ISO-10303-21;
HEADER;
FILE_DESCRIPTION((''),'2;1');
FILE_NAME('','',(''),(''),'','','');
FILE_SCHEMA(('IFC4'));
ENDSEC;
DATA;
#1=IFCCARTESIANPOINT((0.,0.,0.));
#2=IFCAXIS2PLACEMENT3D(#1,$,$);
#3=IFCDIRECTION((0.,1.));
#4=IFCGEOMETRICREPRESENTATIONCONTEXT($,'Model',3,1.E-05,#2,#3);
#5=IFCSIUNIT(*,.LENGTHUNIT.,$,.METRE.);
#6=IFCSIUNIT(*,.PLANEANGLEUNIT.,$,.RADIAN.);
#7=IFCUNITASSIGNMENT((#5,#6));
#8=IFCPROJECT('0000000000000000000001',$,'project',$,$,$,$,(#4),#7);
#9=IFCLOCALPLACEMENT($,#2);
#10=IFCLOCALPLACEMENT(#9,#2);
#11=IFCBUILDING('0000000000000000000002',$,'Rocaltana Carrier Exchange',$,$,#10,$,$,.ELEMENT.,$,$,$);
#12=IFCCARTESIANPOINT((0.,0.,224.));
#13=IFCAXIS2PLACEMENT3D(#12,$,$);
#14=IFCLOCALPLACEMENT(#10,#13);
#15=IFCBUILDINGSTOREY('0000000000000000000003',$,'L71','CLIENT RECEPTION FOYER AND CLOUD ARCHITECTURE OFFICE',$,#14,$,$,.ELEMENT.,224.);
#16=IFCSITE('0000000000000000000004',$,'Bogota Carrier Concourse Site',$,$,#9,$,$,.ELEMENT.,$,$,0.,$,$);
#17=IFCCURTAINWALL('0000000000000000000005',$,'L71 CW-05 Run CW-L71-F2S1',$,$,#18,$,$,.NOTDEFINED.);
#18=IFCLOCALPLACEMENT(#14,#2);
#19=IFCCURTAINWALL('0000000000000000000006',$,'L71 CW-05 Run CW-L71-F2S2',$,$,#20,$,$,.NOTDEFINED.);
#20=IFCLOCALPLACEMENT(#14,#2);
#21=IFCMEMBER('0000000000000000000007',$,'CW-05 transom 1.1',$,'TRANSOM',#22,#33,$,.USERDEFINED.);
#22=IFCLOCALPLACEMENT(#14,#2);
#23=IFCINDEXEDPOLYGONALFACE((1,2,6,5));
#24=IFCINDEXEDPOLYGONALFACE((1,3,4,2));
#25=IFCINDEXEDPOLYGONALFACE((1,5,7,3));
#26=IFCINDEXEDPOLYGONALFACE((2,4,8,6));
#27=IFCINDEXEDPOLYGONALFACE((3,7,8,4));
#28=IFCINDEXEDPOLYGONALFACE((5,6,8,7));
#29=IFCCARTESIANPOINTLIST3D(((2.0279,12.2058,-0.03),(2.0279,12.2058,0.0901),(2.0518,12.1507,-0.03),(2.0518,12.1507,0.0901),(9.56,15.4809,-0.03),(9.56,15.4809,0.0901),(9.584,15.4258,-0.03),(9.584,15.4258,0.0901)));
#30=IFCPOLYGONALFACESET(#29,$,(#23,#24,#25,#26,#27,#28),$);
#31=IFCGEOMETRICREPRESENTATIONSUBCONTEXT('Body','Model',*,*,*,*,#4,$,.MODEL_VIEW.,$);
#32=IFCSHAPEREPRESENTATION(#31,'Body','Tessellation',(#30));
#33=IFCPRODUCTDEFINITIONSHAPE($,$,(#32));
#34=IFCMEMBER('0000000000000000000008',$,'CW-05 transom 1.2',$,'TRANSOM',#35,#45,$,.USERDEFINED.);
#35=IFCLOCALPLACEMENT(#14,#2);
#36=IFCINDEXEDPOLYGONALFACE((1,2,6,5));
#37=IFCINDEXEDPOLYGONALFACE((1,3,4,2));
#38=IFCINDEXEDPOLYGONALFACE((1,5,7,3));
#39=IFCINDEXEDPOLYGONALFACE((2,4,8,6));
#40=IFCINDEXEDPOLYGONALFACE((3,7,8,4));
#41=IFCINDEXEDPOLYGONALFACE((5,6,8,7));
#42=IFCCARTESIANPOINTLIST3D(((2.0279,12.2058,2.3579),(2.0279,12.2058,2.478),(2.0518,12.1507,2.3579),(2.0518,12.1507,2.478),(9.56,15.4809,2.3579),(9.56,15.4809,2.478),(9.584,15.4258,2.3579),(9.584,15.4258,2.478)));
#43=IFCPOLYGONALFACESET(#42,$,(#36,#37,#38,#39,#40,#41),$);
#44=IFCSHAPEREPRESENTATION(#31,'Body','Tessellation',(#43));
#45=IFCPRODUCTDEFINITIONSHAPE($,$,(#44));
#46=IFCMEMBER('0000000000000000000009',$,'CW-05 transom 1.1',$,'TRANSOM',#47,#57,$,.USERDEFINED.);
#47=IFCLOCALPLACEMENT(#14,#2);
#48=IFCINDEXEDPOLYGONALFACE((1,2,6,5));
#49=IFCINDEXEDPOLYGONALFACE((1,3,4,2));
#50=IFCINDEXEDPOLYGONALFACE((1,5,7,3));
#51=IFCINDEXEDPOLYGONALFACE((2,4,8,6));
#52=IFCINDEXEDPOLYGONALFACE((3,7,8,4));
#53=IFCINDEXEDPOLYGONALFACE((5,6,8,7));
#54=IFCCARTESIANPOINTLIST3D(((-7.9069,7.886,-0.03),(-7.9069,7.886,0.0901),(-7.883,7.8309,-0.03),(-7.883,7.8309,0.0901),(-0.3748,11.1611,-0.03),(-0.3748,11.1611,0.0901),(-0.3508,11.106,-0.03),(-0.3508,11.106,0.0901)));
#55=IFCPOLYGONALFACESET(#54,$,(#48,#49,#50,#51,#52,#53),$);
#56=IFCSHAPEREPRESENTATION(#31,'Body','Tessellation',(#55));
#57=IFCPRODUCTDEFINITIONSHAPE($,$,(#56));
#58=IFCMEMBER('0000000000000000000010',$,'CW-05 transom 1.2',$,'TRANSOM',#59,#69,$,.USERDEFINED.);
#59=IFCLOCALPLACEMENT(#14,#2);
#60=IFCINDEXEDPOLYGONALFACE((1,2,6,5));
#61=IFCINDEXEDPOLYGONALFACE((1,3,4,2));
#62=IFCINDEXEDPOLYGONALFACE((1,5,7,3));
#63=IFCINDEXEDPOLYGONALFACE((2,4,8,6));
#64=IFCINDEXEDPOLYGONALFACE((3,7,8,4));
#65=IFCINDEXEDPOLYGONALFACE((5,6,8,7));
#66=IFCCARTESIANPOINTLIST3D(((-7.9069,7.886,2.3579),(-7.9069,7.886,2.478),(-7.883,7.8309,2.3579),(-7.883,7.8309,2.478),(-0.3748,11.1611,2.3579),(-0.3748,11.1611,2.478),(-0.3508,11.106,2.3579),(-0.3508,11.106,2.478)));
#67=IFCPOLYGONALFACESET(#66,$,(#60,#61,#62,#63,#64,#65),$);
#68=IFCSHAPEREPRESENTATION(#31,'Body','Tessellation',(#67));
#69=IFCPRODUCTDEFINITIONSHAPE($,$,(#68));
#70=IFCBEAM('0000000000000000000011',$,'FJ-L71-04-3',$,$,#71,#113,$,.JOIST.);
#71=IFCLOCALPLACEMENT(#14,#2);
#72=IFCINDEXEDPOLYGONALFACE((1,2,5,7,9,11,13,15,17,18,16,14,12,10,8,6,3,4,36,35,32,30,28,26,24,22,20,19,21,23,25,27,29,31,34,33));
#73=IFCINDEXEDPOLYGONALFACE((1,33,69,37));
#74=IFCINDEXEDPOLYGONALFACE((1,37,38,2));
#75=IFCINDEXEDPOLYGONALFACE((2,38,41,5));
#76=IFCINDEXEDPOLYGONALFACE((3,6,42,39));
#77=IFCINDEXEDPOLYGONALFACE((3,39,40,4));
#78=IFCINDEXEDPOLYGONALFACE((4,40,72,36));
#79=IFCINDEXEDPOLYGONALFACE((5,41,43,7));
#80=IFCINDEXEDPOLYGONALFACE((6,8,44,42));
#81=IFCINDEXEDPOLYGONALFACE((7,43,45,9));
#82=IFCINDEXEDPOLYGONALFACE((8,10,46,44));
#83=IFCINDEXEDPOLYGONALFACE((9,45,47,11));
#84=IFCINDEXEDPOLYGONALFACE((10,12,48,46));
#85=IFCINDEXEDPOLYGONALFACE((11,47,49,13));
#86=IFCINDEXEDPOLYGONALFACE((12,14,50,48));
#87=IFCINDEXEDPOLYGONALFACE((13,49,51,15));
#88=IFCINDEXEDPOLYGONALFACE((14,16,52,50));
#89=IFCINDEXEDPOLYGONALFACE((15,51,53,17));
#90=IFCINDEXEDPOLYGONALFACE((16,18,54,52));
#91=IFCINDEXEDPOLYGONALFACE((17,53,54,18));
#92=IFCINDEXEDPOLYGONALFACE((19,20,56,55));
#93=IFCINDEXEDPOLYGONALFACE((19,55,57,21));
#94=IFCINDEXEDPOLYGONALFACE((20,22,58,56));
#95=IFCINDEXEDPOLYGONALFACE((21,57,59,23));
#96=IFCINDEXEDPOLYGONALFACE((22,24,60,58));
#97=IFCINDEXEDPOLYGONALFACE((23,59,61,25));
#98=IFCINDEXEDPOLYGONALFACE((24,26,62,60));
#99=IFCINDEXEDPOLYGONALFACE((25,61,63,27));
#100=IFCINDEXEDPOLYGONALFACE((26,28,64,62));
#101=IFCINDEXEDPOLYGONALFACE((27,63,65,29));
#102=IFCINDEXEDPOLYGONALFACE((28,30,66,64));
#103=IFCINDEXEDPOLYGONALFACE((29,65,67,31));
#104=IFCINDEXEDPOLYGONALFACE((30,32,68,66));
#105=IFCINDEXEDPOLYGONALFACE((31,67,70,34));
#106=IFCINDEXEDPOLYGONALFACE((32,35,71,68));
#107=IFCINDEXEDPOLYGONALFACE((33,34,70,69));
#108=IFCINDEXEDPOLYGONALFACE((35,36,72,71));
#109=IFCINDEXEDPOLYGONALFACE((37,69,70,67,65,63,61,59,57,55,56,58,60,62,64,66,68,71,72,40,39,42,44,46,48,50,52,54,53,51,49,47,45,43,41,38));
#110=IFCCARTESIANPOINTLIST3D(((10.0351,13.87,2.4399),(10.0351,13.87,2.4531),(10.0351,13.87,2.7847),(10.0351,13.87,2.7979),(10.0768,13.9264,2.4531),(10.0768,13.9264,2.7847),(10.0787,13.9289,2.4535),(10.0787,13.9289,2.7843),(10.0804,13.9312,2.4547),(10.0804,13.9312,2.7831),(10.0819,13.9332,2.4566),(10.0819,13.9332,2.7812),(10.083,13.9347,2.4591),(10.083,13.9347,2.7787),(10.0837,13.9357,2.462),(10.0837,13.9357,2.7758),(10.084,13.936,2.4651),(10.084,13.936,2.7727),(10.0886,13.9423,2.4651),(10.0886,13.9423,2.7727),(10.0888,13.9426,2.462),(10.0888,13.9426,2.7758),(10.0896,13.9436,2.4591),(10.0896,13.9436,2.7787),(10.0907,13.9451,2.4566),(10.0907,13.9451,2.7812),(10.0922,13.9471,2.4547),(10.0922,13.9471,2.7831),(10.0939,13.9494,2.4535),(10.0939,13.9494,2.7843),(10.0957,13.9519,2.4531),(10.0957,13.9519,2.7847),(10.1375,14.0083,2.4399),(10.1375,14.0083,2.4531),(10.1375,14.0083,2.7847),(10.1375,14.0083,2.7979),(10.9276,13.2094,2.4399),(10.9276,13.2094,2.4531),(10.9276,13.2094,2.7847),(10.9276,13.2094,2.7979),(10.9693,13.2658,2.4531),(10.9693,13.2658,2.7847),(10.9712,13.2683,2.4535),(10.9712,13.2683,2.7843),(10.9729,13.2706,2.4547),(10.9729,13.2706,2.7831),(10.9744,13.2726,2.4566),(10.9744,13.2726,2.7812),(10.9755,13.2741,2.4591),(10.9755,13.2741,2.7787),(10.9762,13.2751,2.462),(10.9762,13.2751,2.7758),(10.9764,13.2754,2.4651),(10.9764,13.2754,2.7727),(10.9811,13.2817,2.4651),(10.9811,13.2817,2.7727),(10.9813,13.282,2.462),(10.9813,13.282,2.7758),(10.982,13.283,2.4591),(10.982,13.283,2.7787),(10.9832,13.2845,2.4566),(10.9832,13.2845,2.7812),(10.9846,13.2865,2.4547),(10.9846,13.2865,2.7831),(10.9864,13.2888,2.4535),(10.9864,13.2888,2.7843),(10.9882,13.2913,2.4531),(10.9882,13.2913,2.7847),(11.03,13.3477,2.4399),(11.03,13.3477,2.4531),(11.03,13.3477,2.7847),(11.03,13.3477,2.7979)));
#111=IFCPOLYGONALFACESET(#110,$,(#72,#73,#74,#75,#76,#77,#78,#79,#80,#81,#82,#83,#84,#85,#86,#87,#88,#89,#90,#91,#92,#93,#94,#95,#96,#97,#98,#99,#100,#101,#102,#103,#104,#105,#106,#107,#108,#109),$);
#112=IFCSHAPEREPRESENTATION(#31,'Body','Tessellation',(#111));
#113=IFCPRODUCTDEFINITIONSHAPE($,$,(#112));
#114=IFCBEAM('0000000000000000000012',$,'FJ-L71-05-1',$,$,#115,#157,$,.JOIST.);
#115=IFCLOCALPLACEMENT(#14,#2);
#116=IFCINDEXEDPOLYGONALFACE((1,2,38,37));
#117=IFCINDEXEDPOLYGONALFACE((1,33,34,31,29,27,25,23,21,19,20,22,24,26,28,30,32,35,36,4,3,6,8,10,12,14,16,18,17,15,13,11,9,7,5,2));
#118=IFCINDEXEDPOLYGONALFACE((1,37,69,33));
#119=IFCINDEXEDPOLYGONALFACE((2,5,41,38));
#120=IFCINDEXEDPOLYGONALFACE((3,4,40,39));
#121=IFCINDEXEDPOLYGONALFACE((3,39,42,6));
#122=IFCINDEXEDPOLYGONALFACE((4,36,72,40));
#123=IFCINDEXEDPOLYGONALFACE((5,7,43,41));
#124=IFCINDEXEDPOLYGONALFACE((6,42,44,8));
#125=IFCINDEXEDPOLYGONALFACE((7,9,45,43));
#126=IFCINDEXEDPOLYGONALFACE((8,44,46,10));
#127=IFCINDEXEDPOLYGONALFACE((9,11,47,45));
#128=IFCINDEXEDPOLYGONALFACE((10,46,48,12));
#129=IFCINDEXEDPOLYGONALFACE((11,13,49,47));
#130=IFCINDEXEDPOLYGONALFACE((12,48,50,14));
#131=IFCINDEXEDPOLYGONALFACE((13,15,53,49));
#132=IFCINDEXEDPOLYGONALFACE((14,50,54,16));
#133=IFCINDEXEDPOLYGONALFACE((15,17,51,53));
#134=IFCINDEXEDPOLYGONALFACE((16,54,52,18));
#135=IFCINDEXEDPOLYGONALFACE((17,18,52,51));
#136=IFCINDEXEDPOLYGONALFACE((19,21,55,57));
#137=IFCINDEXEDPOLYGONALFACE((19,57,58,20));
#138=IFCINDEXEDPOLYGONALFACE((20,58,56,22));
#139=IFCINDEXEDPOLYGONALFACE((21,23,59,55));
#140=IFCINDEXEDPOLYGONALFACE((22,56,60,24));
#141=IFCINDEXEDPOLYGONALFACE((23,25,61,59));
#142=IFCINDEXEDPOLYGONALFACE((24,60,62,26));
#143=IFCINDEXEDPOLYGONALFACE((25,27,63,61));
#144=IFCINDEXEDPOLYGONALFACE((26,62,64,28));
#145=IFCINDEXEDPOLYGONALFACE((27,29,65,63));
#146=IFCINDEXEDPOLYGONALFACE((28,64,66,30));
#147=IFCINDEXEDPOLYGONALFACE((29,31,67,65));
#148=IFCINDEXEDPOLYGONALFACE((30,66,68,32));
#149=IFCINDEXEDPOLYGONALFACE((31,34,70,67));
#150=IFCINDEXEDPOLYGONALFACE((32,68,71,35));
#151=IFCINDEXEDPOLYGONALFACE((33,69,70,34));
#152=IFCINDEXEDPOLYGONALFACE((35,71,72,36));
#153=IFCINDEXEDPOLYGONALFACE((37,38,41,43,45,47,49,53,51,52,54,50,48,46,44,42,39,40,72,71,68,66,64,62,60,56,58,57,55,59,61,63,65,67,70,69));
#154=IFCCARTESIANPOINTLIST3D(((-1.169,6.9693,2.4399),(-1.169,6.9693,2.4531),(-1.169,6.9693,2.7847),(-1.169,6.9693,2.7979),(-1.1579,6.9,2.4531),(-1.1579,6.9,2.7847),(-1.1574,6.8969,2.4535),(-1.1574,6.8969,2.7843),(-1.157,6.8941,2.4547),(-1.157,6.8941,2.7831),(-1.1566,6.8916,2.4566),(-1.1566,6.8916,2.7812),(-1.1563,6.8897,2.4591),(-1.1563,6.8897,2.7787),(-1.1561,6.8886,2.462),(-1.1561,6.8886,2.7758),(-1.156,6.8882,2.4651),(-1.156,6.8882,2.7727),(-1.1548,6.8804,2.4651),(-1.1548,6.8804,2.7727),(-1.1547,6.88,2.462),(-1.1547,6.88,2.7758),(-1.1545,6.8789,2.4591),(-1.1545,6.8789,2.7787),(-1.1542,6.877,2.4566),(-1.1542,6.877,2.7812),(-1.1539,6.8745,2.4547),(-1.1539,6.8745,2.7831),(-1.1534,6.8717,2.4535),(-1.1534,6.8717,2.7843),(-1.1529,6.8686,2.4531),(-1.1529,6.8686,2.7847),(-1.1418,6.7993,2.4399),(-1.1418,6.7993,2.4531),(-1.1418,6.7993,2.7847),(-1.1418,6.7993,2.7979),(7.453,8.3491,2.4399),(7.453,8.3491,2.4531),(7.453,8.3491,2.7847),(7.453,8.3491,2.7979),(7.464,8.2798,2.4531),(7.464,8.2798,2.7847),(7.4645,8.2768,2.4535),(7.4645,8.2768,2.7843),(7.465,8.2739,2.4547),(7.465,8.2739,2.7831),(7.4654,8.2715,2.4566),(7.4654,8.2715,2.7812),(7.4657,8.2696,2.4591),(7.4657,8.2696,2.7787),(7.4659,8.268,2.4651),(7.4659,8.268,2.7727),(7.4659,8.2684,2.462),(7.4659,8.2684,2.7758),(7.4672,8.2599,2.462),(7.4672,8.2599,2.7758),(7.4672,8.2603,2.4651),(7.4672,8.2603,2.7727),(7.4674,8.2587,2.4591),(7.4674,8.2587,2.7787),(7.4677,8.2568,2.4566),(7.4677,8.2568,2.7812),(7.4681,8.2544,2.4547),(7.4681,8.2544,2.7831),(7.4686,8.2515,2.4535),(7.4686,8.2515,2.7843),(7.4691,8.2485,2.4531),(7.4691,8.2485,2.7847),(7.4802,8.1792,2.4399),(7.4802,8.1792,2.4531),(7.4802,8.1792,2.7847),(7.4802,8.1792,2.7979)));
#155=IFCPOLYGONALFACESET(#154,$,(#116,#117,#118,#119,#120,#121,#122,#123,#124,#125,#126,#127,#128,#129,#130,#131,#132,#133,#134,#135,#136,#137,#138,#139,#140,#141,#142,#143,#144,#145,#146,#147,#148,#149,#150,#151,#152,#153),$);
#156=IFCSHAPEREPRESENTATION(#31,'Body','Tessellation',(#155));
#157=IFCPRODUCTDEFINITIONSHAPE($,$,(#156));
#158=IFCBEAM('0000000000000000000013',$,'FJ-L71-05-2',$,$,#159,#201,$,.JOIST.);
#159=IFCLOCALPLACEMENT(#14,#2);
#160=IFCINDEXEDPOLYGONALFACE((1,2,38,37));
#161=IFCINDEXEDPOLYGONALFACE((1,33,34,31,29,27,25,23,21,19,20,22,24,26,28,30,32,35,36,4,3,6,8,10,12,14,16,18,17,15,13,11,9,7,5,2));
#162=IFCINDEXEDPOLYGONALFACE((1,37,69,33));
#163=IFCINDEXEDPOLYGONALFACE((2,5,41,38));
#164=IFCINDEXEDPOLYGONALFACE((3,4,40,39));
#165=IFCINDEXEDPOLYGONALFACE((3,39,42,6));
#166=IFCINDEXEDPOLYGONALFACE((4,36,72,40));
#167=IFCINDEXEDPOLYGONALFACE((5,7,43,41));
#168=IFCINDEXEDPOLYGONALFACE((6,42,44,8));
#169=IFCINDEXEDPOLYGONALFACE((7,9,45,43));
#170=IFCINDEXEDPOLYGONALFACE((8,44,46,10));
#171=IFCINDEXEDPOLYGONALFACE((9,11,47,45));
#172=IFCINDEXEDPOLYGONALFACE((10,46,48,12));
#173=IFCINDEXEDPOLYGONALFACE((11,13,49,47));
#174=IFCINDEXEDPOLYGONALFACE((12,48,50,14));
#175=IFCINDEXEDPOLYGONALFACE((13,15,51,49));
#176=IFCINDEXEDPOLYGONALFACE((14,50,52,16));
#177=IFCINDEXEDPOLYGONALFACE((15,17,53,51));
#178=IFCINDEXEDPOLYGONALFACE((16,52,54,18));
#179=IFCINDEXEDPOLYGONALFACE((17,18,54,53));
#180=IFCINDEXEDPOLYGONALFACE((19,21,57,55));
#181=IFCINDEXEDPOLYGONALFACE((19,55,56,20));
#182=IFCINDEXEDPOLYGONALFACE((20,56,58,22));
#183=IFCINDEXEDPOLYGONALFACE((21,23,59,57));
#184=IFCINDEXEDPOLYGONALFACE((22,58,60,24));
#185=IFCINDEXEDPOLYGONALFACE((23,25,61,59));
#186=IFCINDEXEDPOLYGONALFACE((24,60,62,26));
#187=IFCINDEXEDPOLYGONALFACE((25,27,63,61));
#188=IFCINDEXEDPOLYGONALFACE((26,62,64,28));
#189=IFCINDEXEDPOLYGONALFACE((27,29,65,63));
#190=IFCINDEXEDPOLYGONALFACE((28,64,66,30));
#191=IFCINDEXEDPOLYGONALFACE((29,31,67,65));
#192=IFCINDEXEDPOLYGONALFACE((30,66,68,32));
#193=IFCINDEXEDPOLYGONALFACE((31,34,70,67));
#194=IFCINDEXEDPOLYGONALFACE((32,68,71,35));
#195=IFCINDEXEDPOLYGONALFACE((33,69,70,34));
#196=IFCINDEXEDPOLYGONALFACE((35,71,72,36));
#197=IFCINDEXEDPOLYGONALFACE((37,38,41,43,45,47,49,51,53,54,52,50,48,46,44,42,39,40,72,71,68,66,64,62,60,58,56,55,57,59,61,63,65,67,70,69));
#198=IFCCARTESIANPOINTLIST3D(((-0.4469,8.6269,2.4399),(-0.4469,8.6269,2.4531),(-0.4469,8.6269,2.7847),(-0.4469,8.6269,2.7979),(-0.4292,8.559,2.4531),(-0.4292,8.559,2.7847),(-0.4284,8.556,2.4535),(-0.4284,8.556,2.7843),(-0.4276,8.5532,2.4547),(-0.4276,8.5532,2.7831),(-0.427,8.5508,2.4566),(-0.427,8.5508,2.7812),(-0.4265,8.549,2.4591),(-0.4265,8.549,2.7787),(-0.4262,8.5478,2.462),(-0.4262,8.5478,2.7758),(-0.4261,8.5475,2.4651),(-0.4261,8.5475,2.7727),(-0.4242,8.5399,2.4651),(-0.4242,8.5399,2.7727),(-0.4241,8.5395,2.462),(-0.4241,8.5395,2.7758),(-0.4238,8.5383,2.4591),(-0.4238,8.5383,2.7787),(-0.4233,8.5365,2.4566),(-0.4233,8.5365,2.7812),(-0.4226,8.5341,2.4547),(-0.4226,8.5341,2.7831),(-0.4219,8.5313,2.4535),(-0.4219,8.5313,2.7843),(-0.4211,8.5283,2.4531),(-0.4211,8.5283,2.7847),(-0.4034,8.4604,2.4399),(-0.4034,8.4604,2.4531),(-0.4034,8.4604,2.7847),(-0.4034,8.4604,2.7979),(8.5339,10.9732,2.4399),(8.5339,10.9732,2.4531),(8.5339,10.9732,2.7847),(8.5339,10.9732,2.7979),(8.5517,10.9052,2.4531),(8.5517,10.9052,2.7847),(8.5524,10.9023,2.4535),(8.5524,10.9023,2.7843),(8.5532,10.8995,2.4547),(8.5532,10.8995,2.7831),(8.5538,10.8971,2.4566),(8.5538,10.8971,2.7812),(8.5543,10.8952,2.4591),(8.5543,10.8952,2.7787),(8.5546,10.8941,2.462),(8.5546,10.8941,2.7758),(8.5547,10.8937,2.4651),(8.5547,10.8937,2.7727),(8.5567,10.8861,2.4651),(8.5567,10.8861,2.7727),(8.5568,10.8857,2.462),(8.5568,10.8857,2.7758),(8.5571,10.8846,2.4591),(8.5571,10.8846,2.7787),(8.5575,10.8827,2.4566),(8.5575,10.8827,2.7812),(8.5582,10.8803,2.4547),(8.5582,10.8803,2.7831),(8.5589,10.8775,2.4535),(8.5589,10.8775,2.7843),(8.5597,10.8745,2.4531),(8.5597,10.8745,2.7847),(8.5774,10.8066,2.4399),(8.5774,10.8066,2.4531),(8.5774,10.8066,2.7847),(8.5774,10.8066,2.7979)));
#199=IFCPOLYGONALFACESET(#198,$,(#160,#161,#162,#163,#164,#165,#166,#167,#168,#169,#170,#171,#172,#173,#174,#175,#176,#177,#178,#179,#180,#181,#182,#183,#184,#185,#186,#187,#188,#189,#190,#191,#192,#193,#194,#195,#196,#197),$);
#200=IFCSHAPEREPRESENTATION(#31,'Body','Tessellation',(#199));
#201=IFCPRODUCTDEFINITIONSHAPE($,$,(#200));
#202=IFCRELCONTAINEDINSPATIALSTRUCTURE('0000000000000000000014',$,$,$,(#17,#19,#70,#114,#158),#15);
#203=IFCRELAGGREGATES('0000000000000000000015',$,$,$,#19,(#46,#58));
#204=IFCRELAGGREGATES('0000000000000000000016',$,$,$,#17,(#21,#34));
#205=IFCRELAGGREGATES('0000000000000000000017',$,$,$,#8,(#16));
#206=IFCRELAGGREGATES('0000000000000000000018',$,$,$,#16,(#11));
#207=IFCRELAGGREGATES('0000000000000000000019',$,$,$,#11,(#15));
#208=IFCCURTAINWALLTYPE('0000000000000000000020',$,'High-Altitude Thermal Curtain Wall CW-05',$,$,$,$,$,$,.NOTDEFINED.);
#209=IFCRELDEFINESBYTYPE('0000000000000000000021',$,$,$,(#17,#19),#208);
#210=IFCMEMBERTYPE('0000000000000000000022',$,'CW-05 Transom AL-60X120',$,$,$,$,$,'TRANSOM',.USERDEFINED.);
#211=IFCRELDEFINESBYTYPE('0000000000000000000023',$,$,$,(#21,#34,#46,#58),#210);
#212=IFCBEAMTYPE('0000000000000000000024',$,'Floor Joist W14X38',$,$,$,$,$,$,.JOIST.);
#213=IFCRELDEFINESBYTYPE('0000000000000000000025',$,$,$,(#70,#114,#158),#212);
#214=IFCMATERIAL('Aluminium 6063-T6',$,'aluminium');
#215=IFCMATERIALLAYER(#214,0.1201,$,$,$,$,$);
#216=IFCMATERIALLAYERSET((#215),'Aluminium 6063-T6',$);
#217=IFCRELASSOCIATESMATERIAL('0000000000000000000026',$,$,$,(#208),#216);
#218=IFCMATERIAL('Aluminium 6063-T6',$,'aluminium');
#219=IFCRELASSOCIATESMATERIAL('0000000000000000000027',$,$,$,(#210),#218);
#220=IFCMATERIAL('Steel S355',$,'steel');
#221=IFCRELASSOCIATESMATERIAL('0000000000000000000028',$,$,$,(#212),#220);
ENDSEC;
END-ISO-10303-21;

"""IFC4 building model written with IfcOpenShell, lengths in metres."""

from ifc_helpers import new_model, si_unit, direction, frame, origin, origin_2d, place, context, subcontext, project, spatial, rectangle, i_section, extrude, material, layer, layer_set, material_profile, profile_set, type_object, element, aggregate, save


model = new_model("IFC4")

# Units and contexts
model_context = context("Model", 3, precision=1e-05, world=origin(), true_north=direction((0.0, 1.0)))
body_context = subcontext(model_context, "Body", "Model", "MODEL_VIEW")
ifc_project = project(units=[si_unit("LENGTHUNIT", "METRE"), si_unit("PLANEANGLEUNIT", "RADIAN")], contexts=[model_context])

# Site, building, storey
site_placement = place(None, origin())
site = spatial("IfcSite", under=ifc_project, at=site_placement, Name="Bogota Carrier Concourse Site", CompositionType="ELEMENT", RefElevation=0.0)
building_placement = place(site_placement, origin())
building = spatial("IfcBuilding", under=site, at=building_placement, Name="Rocaltana Carrier Exchange", CompositionType="ELEMENT")
storey_placement = place(building_placement, frame((0.0, 0.0, 224.0)))
storey = spatial("IfcBuildingStorey", under=building, at=storey_placement, Name="L71", Description="CLIENT RECEPTION FOYER AND CLOUD ARCHITECTURE OFFICE", CompositionType="ELEMENT", Elevation=224.0)

# Shared definitions
ifc_material_1 = material(Name="Aluminium 6063-T6", Category="aluminium")
ifc_layer_1 = layer(ifc_material_1, 0.1201)
ifc_layer_set_1 = layer_set([ifc_layer_1], Name="Aluminium 6063-T6")
curtain_wall_type = type_object("IfcCurtainWallType", Name="High-Altitude Thermal Curtain Wall CW-05", PredefinedType="NOTDEFINED", material=ifc_layer_set_1)

# Curtain wall
curtain_wall_1_placement = place(storey_placement, origin())
curtain_wall_1 = element("IfcCurtainWall", 1, at=curtain_wall_1_placement, inside=storey, type_object=curtain_wall_type, Name="L71 CW-05 Run CW-L71-F2S1", PredefinedType="NOTDEFINED")

# Curtain wall
curtain_wall_2_placement = place(storey_placement, origin())
curtain_wall_2 = element("IfcCurtainWall", 2, at=curtain_wall_2_placement, inside=storey, type_object=curtain_wall_type, Name="L71 CW-05 Run CW-L71-F2S2", PredefinedType="NOTDEFINED")

# Members
ifc_material_2 = material(Name="Aluminium 6063-T6", Category="aluminium")
ifc_material_profile_1 = material_profile(ifc_material_2, rectangle(XDim=0.0601, YDim=0.1201, at=origin_2d()), Name="AL-60X120")
ifc_profile_set_1 = profile_set([ifc_material_profile_1], Name="Aluminium 6063-T6")
member_type_1 = type_object("IfcMemberType", Name="CW-05 Transom AL-60X120", ElementType="TRANSOM", PredefinedType="USERDEFINED", material=ifc_profile_set_1)
member_1_placement = place(storey_placement, frame((9.572, 15.4534, 0.03), z_axis=(-0.917058, -0.398753, 0.0), x_axis=(0.398753, -0.917058, 0.0)))
member_1 = element("IfcMember", 3, at=member_1_placement, type_object=member_type_1, Name="CW-05 transom 1.1", ObjectType="TRANSOM", PredefinedType="USERDEFINED", context=body_context, shape_type="SweptSolid", body=[
    extrude(rectangle(XDim=0.0601, YDim=0.1201, at=origin_2d()), origin(), (0.0, 0.0, 1.0), 8.2134),
])
member_2_placement = place(storey_placement, frame((9.572, 15.4534, 2.418), z_axis=(-0.917058, -0.398753, 0.0), x_axis=(0.398753, -0.917058, 0.0)))
member_2 = element("IfcMember", 4, at=member_2_placement, type_object=member_type_1, Name="CW-05 transom 1.2", ObjectType="TRANSOM", PredefinedType="USERDEFINED", context=body_context, shape_type="SweptSolid", body=[
    extrude(rectangle(XDim=0.0601, YDim=0.1201, at=origin_2d()), origin(), (0.0, 0.0, 1.0), 8.2134),
])
member_3_placement = place(storey_placement, frame((-0.3628, 11.1335, 0.03), z_axis=(-0.917058, -0.398753, 0.0), x_axis=(0.398753, -0.917058, 0.0)))
member_3 = element("IfcMember", 5, at=member_3_placement, type_object=member_type_1, Name="CW-05 transom 1.1", ObjectType="TRANSOM", PredefinedType="USERDEFINED", context=body_context, shape_type="SweptSolid", body=[
    extrude(rectangle(XDim=0.0601, YDim=0.1201, at=origin_2d()), origin(), (0.0, 0.0, 1.0), 8.2134),
])
member_4_placement = place(storey_placement, frame((-0.3628, 11.1335, 2.418), z_axis=(-0.917058, -0.398753, 0.0), x_axis=(0.398753, -0.917058, 0.0)))
member_4 = element("IfcMember", 6, at=member_4_placement, type_object=member_type_1, Name="CW-05 transom 1.2", ObjectType="TRANSOM", PredefinedType="USERDEFINED", context=body_context, shape_type="SweptSolid", body=[
    extrude(rectangle(XDim=0.0601, YDim=0.1201, at=origin_2d()), origin(), (0.0, 0.0, 1.0), 8.2134),
])
aggregate(curtain_wall_2, [member_3, member_4])

# Beams
ifc_material_3 = material(Name="Steel S355", Category="steel")
ifc_material_profile_2 = material_profile(ifc_material_3, i_section(OverallWidth=0.1721, OverallDepth=0.3579, WebThickness=0.0078, FlangeThickness=0.0132, FilletRadius=0.012, at=origin_2d()), Name="W14X38")
ifc_profile_set_2 = profile_set([ifc_material_profile_2], Name="Steel S355")
beam_type_1 = type_object("IfcBeamType", Name="Floor Joist W14X38", PredefinedType="JOIST", material=ifc_profile_set_2)
beam_1_placement = place(storey_placement, frame((10.9788, 13.2786, 2.6189), z_axis=(-0.803783, 0.594923, 0.0), x_axis=(-0.594923, -0.803783, 0.0)))
element("IfcBeam", 7, at=beam_1_placement, inside=storey, type_object=beam_type_1, Name="FJ-L71-04-3", PredefinedType="JOIST", context=body_context, shape_type="SweptSolid", body=[
    extrude(i_section(OverallWidth=0.1721, OverallDepth=0.3579, WebThickness=0.0078, FlangeThickness=0.0132, FilletRadius=0.012, at=origin_2d()), origin(), (0.0, 0.0, 1.0), 1.1104),
])
beam_2_placement = place(storey_placement, frame((7.4666, 8.2642, 2.6189), z_axis=(-0.987434, -0.15803, 0.0), x_axis=(0.15803, -0.987434, 0.0)))
element("IfcBeam", 8, at=beam_2_placement, inside=storey, type_object=beam_type_1, Name="FJ-L71-05-1", PredefinedType="JOIST", context=body_context, shape_type="SweptSolid", body=[
    extrude(i_section(OverallWidth=0.1721, OverallDepth=0.3579, WebThickness=0.0078, FlangeThickness=0.0132, FilletRadius=0.012, at=origin_2d()), origin(), (0.0, 0.0, 1.0), 8.7317),
])
beam_3_placement = place(storey_placement, frame((8.5557, 10.8899, 2.6189), z_axis=(-0.967528, -0.252765, 0.0), x_axis=(0.252765, -0.967528, 0.0)))
element("IfcBeam", 9, at=beam_3_placement, inside=storey, type_object=beam_type_1, Name="FJ-L71-05-2", PredefinedType="JOIST", context=body_context, shape_type="SweptSolid", body=[
    extrude(i_section(OverallWidth=0.1721, OverallDepth=0.3579, WebThickness=0.0078, FlangeThickness=0.0132, FilletRadius=0.012, at=origin_2d()), origin(), (0.0, 0.0, 1.0), 9.2822),
])

aggregate(curtain_wall_1, [member_1, member_2])

save(model, "model.ifc")
